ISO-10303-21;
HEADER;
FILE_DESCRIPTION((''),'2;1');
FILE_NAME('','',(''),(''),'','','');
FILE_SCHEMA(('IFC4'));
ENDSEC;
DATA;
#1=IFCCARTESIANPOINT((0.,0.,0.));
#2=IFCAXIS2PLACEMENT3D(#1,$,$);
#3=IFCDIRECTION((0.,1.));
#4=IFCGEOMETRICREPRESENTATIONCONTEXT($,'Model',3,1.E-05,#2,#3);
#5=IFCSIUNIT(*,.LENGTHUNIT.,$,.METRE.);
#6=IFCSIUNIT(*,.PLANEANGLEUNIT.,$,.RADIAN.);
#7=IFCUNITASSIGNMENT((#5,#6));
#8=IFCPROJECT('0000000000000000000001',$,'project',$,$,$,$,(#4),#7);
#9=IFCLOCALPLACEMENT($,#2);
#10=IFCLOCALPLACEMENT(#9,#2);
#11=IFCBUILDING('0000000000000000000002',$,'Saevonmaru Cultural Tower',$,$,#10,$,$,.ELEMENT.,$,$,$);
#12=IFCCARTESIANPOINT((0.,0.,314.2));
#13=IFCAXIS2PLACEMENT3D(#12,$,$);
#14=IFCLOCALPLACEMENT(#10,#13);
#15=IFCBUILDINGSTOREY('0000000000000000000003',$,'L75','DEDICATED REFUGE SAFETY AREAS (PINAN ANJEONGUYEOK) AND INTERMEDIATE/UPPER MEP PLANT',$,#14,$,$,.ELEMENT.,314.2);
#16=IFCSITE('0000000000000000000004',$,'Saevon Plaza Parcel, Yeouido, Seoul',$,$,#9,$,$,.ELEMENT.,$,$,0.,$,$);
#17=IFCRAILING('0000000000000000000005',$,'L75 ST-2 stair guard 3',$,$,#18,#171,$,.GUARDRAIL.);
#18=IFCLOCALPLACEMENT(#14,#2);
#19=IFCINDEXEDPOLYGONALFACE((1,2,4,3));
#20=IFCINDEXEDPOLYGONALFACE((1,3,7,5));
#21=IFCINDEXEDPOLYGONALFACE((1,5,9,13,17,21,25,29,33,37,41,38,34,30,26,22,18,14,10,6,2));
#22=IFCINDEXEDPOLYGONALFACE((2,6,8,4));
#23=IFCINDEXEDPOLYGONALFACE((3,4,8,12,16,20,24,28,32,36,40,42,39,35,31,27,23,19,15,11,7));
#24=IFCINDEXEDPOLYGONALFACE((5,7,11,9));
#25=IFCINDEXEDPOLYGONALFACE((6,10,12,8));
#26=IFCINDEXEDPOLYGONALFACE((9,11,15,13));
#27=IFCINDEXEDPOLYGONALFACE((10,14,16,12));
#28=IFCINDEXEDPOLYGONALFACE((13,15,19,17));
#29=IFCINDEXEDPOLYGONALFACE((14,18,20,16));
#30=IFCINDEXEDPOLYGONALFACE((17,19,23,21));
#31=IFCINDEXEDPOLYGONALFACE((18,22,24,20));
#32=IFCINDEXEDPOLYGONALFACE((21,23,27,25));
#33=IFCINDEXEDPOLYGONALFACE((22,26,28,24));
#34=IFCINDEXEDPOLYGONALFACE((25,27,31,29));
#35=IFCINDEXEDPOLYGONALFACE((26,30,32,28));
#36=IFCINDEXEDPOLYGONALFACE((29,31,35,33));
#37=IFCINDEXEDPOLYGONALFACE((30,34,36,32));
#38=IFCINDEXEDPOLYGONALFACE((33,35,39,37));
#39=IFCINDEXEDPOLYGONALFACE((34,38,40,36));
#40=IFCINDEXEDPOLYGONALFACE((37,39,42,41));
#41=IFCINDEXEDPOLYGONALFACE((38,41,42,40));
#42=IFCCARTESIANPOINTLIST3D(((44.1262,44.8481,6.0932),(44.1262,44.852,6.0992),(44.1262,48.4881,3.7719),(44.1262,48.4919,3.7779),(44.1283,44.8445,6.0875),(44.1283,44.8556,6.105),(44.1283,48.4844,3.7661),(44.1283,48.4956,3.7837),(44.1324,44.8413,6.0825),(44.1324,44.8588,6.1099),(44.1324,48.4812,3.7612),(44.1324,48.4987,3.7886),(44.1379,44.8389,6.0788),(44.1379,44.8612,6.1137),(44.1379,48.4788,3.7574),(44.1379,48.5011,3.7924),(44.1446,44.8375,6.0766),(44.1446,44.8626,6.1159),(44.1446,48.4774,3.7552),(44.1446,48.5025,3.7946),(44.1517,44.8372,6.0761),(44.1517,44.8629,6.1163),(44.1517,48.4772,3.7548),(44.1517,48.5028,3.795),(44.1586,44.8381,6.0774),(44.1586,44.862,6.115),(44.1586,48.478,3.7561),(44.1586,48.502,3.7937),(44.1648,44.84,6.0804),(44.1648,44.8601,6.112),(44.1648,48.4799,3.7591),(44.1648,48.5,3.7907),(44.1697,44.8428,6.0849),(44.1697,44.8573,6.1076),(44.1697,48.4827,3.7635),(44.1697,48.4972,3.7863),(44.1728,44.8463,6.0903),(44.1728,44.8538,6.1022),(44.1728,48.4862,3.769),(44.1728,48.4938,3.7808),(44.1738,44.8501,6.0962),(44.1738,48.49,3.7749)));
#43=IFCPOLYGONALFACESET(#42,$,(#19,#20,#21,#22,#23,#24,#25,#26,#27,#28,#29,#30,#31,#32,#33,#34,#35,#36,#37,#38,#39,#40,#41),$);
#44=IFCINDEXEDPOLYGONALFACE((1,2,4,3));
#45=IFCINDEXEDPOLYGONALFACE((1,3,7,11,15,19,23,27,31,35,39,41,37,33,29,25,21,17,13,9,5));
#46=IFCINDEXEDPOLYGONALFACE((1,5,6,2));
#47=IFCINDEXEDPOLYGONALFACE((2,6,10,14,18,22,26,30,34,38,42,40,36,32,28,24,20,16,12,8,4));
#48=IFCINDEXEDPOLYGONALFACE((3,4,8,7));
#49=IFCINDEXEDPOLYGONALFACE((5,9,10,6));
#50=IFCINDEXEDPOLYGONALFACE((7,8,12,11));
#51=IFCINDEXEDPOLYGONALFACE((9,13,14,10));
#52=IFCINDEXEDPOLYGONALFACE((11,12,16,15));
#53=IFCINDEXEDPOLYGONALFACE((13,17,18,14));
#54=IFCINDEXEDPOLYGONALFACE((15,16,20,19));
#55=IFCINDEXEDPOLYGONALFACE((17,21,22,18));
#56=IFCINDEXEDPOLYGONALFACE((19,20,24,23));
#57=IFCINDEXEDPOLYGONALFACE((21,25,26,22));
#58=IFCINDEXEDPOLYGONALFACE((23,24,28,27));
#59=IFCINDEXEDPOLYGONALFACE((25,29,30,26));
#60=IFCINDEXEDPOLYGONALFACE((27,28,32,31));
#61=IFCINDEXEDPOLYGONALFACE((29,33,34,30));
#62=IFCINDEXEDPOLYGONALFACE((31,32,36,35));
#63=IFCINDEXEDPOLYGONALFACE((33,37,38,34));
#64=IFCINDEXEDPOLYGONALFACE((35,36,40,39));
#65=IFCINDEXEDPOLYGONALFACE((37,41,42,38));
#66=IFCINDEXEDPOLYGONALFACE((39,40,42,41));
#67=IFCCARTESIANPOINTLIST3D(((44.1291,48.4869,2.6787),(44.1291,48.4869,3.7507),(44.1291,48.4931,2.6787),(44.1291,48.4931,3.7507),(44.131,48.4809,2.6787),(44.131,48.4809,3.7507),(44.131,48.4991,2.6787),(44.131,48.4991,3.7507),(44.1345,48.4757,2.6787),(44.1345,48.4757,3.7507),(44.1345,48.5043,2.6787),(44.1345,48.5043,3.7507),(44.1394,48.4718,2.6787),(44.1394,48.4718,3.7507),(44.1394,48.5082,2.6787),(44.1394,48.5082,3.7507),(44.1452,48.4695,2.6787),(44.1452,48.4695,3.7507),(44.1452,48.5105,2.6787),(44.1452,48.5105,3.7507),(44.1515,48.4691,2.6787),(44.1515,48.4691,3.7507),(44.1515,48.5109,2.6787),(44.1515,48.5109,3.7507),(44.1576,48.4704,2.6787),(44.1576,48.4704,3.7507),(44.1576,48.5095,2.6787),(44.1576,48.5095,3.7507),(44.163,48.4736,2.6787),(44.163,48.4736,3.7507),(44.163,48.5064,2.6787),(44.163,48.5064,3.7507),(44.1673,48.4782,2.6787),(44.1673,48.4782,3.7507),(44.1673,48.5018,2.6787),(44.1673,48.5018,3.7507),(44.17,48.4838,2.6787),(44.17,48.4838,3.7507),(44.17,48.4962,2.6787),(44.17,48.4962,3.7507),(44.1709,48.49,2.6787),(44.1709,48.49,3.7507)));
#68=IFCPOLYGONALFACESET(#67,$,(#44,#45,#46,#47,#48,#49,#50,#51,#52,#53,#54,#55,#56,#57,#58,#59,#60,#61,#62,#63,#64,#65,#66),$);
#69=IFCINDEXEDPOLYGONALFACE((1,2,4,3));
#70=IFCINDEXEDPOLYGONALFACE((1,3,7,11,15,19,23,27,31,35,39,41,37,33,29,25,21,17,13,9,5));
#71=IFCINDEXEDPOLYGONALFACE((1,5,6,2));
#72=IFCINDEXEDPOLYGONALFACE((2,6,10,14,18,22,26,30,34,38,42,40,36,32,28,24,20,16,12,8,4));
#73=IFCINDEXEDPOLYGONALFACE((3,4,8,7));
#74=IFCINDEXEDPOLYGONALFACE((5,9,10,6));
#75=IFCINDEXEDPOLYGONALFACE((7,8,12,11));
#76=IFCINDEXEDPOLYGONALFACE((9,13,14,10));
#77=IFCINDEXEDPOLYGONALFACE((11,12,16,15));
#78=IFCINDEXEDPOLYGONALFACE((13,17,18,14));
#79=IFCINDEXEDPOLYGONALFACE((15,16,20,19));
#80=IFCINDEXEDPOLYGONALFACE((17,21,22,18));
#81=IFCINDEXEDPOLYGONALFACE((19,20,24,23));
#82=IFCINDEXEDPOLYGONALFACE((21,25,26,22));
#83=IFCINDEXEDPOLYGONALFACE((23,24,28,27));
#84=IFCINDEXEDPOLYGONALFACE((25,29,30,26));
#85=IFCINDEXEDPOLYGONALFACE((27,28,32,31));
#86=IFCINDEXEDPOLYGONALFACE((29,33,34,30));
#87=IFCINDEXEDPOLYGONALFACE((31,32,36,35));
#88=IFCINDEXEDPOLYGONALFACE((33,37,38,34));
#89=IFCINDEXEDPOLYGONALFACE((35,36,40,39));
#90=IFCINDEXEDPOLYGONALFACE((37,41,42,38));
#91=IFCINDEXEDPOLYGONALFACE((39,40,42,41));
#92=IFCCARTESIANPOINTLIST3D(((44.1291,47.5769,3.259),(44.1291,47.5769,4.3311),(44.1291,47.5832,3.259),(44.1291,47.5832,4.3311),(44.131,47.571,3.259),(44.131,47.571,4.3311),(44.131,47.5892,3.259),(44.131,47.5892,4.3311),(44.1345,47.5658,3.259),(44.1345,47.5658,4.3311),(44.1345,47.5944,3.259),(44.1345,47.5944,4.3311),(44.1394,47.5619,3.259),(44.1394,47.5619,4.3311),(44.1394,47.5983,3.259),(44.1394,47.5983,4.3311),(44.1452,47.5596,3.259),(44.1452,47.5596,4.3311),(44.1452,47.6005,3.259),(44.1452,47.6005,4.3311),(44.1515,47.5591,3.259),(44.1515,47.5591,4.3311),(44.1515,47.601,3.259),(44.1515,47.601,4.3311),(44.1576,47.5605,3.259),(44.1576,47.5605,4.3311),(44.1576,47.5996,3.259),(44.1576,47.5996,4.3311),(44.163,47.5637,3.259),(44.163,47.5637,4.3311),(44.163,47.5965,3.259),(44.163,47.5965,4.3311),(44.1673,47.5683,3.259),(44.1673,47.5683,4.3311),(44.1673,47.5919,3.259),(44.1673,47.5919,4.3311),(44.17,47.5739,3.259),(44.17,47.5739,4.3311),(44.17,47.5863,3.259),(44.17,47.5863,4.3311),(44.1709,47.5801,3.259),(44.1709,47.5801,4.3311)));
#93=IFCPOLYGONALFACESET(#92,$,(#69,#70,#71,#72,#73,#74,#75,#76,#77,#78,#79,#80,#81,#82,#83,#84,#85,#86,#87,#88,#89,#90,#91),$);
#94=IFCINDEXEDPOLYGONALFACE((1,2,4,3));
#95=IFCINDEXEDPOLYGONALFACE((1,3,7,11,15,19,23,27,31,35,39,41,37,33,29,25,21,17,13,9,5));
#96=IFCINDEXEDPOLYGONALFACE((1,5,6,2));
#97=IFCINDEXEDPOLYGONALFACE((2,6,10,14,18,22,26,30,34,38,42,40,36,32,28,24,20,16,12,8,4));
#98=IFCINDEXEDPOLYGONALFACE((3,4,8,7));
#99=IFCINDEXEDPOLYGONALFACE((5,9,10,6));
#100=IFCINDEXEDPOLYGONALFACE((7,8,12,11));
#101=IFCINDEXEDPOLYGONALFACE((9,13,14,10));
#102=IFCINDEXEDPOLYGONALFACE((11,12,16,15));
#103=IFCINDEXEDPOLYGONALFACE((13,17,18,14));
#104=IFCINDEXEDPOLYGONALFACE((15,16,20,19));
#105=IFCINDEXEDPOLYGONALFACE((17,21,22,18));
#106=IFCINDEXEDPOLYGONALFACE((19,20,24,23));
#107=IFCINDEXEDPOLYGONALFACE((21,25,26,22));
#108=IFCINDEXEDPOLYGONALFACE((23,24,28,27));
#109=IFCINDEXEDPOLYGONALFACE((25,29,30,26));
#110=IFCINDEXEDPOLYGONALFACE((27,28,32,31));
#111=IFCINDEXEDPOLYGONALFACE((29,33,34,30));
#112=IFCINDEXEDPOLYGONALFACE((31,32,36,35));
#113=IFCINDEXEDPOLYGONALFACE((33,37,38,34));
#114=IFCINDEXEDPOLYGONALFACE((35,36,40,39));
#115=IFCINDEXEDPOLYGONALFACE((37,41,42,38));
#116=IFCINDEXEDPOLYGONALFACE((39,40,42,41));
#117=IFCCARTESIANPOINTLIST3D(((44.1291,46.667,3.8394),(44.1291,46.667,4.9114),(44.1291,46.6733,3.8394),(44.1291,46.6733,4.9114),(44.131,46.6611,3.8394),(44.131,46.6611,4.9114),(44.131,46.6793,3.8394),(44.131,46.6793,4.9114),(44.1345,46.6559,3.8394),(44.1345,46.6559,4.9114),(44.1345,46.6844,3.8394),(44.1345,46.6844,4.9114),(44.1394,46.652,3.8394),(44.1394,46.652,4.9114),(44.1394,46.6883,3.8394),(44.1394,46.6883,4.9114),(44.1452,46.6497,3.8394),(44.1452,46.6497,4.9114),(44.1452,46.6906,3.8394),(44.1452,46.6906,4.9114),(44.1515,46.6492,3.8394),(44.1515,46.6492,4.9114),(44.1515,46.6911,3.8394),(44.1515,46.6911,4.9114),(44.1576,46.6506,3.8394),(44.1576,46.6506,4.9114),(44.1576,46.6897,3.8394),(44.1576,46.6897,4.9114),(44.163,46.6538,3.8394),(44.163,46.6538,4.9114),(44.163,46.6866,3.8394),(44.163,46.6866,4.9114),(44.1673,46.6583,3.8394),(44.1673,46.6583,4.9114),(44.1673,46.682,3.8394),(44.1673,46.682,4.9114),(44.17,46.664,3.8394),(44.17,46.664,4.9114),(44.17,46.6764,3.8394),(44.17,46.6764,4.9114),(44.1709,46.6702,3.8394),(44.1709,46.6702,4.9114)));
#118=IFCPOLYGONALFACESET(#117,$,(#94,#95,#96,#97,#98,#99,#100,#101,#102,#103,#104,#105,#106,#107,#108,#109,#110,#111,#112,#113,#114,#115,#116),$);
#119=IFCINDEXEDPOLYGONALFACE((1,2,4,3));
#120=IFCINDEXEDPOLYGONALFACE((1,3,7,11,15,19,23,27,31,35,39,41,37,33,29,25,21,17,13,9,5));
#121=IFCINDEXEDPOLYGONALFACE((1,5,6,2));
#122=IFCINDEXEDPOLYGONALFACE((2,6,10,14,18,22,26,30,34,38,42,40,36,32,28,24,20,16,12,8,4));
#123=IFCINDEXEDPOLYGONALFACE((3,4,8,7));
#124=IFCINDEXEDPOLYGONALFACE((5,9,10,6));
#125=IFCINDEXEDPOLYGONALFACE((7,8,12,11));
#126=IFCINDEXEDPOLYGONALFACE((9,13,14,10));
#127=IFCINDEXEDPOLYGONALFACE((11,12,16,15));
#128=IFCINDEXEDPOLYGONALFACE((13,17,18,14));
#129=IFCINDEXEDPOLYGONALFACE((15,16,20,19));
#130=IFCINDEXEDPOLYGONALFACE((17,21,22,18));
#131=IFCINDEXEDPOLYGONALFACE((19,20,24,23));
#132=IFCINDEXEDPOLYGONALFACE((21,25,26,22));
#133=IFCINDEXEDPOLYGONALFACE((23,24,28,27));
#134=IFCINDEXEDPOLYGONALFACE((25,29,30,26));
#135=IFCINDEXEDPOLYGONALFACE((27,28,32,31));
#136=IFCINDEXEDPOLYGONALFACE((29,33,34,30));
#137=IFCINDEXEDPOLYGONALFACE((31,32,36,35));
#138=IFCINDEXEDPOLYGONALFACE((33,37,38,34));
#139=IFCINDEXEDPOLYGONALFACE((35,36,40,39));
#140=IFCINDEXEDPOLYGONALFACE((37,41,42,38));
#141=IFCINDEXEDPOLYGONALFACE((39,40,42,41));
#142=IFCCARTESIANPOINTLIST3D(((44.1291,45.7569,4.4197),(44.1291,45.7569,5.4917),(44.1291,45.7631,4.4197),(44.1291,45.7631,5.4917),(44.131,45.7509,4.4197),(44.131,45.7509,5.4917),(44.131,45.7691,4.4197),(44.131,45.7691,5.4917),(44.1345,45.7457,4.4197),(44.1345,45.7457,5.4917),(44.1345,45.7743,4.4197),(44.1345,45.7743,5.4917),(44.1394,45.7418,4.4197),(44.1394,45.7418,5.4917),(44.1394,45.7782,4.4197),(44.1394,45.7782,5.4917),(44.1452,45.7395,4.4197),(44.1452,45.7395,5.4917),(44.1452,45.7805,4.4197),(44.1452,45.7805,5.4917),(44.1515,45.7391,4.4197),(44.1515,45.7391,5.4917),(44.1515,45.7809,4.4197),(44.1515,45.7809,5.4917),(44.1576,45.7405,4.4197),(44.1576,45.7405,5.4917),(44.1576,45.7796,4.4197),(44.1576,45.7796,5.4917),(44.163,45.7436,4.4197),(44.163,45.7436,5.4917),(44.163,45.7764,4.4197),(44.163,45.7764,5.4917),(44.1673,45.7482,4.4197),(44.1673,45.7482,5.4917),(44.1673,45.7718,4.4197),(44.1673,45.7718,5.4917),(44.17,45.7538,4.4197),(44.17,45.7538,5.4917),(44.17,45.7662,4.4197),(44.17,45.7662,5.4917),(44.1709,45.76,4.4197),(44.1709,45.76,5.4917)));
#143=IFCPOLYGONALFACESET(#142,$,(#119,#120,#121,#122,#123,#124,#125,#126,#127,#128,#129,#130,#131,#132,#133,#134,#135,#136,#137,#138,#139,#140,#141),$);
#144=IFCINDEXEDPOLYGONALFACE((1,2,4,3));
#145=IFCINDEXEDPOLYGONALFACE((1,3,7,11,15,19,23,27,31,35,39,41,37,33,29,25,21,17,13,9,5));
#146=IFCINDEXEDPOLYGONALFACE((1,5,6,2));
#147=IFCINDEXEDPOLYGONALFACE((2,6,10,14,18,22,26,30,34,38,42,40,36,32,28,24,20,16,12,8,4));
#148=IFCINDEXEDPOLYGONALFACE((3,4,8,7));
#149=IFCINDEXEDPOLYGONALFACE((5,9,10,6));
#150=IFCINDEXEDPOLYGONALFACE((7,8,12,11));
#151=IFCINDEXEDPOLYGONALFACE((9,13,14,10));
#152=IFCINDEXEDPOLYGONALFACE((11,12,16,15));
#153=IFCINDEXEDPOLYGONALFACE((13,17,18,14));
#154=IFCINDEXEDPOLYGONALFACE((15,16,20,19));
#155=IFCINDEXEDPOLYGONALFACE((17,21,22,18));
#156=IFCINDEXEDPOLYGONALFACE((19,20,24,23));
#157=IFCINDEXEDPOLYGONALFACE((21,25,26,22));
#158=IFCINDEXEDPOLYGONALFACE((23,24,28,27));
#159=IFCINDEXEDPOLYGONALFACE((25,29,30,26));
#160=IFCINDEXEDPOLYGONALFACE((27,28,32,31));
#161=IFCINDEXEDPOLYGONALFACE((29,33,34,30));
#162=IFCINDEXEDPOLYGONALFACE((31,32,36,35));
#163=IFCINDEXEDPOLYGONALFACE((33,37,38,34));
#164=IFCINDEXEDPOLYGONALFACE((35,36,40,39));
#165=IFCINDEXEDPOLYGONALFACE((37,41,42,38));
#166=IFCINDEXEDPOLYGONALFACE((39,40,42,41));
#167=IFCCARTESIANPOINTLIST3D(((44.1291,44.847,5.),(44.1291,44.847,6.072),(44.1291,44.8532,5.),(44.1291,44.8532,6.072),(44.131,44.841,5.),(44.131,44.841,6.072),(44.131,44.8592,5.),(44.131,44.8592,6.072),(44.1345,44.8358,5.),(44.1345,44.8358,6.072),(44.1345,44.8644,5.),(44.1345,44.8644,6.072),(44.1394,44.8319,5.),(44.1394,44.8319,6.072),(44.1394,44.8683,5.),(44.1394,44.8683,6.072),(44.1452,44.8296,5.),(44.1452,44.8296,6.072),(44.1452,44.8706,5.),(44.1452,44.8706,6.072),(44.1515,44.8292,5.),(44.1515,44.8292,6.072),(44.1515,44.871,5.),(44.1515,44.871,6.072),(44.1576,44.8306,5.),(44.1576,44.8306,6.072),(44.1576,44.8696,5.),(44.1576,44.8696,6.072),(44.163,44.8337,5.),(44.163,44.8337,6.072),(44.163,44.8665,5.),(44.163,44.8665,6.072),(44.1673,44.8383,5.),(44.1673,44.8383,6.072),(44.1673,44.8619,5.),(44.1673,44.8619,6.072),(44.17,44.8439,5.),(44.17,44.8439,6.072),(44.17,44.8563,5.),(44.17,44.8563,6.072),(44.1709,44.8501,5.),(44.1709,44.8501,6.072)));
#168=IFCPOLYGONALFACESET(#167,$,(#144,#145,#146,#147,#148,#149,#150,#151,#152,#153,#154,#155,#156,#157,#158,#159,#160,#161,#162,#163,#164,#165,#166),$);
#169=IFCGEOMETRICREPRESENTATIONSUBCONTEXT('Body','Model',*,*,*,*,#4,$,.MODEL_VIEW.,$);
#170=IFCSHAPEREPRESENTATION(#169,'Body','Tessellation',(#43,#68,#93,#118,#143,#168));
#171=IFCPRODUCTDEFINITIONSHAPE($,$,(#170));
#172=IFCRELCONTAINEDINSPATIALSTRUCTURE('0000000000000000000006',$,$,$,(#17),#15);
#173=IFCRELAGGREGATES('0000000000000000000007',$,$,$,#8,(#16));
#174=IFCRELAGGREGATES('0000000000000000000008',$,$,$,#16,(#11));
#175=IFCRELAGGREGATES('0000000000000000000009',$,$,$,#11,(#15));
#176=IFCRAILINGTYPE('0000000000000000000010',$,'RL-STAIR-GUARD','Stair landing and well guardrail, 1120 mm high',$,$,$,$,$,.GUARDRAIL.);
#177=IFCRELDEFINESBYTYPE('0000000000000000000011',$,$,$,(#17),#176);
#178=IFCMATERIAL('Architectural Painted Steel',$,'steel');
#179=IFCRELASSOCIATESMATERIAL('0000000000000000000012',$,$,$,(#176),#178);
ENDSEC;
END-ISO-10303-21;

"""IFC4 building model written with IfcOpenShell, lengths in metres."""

from ifc_helpers import new_model, si_unit, direction, frame, origin, origin_2d, place, context, subcontext, project, spatial, circle, extrude, material, type_object, element, save


model = new_model("IFC4")

# Units and contexts
model_context = context("Model", 3, precision=1e-05, world=origin(), true_north=direction((0.0, 1.0)))
body_context = subcontext(model_context, "Body", "Model", "MODEL_VIEW")
ifc_project = project(units=[si_unit("LENGTHUNIT", "METRE"), si_unit("PLANEANGLEUNIT", "RADIAN")], contexts=[model_context])

# Site, building, storey
site_placement = place(None, origin())
site = spatial("IfcSite", under=ifc_project, at=site_placement, Name="Saevon Plaza Parcel, Yeouido, Seoul", CompositionType="ELEMENT", RefElevation=0.0)
building_placement = place(site_placement, origin())
building = spatial("IfcBuilding", under=site, at=building_placement, Name="Saevonmaru Cultural Tower", CompositionType="ELEMENT")
storey_placement = place(building_placement, frame((0.0, 0.0, 314.2)))
storey = spatial("IfcBuildingStorey", under=building, at=storey_placement, Name="L75", Description="DEDICATED REFUGE SAFETY AREAS (PINAN ANJEONGUYEOK) AND INTERMEDIATE/UPPER MEP PLANT", CompositionType="ELEMENT", Elevation=314.2)

# Railing
ifc_material_1 = material(Name="Architectural Painted Steel", Category="steel")
railing_type_1 = type_object("IfcRailingType", Name="RL-STAIR-GUARD", Description="Stair landing and well guardrail, 1120 mm high", PredefinedType="GUARDRAIL", material=ifc_material_1)
railing_1_placement = place(storey_placement, frame((44.1499, 48.49, 2.6787)))
element("IfcRailing", 1, at=railing_1_placement, inside=storey, type_object=railing_type_1, Name="L75 ST-2 stair guard 3", PredefinedType="GUARDRAIL", context=body_context, shape_type="SweptSolid", body=[
    extrude(circle(Radius=0.0239, at=origin_2d()), frame((0.0, 0.0, 1.0962), z_axis=(0.0, -0.843137, 0.537699), x_axis=(1.0, 0.0, 0.0)), (0.0, 0.0, 1.0), 4.3171),
    extrude(circle(Radius=0.021, at=origin_2d()), origin(), (0.0, 0.0, 1.0), 1.072),
    extrude(circle(Radius=0.021, at=origin_2d()), frame((0.0, -0.9099, 0.5803)), (0.0, 0.0, 1.0), 1.072),
    extrude(circle(Radius=0.021, at=origin_2d()), frame((0.0, -1.8198, 1.1606)), (0.0, 0.0, 1.0), 1.072),
    extrude(circle(Radius=0.021, at=origin_2d()), frame((0.0, -2.73, 1.741)), (0.0, 0.0, 1.0), 1.072),
    extrude(circle(Radius=0.021, at=origin_2d()), frame((0.0, -3.6399, 2.3213)), (0.0, 0.0, 1.0), 1.072),
])

save(model, "model.ifc")
